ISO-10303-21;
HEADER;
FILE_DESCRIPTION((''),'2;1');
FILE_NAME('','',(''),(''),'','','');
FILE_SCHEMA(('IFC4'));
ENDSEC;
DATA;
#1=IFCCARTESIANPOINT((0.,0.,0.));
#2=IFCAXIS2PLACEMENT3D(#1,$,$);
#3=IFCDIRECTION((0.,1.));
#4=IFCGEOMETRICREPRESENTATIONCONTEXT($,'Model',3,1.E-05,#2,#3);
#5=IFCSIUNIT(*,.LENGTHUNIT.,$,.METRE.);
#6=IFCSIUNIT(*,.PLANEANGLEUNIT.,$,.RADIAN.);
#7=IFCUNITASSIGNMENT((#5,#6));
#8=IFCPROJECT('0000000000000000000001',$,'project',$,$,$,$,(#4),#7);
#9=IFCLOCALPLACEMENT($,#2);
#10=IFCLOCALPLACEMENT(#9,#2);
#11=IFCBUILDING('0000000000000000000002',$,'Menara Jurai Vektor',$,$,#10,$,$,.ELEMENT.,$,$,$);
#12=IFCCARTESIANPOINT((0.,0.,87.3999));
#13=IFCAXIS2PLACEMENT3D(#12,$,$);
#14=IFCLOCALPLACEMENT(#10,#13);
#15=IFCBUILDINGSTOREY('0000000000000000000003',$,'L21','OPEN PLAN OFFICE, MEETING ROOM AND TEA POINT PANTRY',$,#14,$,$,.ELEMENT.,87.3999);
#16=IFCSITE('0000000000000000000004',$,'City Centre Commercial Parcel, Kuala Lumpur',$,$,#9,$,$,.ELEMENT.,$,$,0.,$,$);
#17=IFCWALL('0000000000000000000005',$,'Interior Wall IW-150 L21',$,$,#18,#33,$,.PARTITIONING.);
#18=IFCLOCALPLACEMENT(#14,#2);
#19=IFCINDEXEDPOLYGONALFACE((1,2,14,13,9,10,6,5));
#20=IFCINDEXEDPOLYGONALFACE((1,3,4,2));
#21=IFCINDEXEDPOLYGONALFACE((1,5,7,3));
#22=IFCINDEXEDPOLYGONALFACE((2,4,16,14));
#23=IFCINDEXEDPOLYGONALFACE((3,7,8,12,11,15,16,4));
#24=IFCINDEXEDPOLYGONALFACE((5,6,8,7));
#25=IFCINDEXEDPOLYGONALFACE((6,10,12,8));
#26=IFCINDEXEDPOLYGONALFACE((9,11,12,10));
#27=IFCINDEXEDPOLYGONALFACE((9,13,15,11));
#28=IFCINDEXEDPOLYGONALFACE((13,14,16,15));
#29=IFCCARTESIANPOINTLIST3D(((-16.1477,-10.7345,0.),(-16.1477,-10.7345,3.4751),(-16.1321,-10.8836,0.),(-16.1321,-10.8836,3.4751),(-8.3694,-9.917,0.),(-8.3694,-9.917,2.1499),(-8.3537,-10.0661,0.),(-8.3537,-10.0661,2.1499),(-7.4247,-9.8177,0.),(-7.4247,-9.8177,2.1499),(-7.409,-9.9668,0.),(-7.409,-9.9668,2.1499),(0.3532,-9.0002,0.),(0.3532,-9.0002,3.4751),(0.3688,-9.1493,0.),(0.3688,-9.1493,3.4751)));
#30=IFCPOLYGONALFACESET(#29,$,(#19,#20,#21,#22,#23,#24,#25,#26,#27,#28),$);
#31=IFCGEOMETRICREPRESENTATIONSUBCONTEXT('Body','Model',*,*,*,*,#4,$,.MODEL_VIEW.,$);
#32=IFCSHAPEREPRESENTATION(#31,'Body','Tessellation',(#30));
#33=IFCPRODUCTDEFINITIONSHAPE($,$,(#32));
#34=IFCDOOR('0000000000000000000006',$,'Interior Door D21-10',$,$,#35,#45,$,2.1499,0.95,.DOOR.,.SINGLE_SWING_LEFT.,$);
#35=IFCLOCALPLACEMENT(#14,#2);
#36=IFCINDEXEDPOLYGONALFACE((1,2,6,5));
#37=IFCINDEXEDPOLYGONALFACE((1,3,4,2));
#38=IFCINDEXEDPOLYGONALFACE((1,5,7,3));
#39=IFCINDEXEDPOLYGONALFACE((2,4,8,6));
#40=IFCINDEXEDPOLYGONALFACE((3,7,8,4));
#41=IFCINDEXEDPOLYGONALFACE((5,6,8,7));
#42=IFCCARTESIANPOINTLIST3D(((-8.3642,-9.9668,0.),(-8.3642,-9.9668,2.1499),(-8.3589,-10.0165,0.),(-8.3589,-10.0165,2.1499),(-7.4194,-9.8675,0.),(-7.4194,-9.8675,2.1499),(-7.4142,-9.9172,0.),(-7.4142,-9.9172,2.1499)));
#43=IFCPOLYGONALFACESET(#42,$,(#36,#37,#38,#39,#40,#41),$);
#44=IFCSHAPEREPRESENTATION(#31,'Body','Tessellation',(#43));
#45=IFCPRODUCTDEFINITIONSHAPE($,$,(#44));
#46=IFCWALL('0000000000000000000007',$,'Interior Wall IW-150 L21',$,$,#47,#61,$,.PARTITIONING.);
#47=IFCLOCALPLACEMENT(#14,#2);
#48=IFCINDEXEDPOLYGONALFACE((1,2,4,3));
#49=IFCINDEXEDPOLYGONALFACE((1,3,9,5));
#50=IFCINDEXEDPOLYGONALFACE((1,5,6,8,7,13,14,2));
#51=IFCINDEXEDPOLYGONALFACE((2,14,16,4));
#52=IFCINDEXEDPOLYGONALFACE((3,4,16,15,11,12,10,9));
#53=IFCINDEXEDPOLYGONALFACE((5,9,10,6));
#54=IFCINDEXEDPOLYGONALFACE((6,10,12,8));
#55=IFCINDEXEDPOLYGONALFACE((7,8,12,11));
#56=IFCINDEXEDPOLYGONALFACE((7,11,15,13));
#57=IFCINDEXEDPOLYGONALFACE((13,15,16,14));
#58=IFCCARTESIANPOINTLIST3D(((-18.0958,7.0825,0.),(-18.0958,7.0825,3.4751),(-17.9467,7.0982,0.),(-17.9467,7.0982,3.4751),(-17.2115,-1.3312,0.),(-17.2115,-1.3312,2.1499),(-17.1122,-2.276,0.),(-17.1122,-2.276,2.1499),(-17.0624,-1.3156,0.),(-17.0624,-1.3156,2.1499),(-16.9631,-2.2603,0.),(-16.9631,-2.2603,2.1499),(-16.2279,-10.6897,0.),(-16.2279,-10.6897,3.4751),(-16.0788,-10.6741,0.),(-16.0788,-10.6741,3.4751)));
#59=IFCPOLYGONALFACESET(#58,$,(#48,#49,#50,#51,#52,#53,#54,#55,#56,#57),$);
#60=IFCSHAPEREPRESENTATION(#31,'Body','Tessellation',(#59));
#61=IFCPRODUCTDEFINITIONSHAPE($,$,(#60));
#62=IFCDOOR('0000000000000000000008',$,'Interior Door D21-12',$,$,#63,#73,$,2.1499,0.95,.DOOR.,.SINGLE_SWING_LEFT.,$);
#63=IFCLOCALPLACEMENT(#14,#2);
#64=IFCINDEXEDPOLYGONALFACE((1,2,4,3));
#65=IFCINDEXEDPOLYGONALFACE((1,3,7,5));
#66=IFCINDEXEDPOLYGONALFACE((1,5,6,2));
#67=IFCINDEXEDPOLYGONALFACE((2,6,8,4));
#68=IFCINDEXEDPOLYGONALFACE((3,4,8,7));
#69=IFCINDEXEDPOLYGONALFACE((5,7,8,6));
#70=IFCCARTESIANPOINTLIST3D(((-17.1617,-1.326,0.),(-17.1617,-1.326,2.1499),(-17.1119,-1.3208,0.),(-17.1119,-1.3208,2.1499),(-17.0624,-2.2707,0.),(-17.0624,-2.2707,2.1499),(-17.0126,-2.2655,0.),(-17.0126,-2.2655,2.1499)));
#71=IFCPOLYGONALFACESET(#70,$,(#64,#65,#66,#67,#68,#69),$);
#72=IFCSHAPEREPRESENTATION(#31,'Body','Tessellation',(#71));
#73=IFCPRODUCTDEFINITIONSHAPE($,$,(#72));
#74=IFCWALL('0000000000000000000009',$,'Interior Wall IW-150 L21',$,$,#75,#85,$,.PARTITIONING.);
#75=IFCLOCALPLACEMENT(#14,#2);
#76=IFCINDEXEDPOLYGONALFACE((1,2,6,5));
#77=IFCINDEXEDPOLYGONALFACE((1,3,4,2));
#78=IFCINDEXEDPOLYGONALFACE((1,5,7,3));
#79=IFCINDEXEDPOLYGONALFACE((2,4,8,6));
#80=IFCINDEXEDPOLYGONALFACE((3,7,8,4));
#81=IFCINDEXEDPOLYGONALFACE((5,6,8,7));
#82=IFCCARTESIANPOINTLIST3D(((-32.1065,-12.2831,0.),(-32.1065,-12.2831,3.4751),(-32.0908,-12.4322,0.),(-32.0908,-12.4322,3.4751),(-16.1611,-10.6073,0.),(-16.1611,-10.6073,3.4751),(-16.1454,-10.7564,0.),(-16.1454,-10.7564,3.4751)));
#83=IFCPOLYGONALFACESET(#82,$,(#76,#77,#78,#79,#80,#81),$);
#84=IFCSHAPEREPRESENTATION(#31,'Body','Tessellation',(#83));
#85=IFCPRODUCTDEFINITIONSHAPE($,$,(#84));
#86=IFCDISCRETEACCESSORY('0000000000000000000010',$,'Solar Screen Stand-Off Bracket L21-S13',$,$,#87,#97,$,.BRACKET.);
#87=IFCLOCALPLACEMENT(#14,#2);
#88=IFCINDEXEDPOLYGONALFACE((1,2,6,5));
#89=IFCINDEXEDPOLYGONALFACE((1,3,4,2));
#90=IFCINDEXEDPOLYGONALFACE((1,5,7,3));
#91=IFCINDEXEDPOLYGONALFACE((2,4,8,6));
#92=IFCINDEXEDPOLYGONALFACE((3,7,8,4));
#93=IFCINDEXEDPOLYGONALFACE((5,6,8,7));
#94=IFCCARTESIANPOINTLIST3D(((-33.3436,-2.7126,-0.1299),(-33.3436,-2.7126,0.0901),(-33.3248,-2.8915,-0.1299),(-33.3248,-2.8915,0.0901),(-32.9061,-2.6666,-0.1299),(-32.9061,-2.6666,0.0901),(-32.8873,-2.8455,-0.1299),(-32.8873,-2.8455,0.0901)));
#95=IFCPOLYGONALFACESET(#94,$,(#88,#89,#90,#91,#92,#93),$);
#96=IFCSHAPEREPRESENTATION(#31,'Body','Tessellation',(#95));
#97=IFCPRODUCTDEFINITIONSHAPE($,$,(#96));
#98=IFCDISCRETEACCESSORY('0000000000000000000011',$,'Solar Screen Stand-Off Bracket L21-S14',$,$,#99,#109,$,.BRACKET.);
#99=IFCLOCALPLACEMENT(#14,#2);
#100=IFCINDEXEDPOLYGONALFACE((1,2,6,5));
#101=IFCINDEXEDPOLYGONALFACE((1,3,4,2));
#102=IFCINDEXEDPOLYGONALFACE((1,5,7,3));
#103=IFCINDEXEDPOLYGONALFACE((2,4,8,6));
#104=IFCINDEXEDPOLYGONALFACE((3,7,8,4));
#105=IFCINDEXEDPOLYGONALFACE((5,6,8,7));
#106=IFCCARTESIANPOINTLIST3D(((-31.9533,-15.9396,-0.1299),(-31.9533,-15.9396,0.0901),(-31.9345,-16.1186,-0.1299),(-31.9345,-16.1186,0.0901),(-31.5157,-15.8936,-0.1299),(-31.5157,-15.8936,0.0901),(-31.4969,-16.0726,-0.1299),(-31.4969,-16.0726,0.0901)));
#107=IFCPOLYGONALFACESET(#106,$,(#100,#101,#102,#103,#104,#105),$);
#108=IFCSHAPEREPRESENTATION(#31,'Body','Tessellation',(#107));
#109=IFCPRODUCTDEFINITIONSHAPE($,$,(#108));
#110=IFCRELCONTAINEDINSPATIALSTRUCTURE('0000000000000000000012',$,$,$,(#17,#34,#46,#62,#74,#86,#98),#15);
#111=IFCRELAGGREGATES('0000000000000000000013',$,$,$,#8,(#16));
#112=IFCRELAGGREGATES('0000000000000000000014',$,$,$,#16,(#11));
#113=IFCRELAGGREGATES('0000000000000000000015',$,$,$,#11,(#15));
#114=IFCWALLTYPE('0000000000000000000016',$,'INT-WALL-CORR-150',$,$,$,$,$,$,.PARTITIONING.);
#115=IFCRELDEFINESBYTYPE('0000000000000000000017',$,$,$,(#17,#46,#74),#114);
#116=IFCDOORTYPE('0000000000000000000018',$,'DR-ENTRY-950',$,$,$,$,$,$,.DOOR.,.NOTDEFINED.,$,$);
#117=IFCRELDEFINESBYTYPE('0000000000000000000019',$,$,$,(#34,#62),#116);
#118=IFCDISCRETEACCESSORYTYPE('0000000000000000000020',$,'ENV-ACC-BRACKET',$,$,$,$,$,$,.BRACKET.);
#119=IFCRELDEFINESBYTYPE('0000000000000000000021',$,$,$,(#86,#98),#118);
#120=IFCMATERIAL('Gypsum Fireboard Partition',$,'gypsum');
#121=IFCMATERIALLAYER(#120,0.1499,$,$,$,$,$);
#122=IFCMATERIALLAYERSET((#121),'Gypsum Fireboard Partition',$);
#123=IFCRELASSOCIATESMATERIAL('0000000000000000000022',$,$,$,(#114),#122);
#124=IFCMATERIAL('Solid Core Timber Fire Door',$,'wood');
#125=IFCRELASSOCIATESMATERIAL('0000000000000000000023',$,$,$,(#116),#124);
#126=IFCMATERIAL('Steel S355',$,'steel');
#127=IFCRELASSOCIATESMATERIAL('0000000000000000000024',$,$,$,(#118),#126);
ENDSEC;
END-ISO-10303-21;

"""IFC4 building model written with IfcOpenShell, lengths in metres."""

from ifc_helpers import new_model, si_unit, direction, frame, frame_2d, origin, origin_2d, place, context, subcontext, project, spatial, rectangle, extrude, material, layer, layer_set, type_object, element, fill, save


model = new_model("IFC4")

# Units and contexts
model_context = context("Model", 3, precision=1e-05, world=origin(), true_north=direction((0.0, 1.0)))
body_context = subcontext(model_context, "Body", "Model", "MODEL_VIEW")
ifc_project = project(units=[si_unit("LENGTHUNIT", "METRE"), si_unit("PLANEANGLEUNIT", "RADIAN")], contexts=[model_context])

# Site, building, storey
site_placement = place(None, origin())
site = spatial("IfcSite", under=ifc_project, at=site_placement, Name="City Centre Commercial Parcel, Kuala Lumpur", CompositionType="ELEMENT", RefElevation=0.0)
building_placement = place(site_placement, origin())
building = spatial("IfcBuilding", under=site, at=building_placement, Name="Menara Jurai Vektor", CompositionType="ELEMENT")
storey_placement = place(building_placement, frame((0.0, 0.0, 87.3999)))
storey = spatial("IfcBuildingStorey", under=building, at=storey_placement, Name="L21", Description="OPEN PLAN OFFICE, MEETING ROOM AND TEA POINT PANTRY", CompositionType="ELEMENT", Elevation=87.3999)

# Shared definitions
ifc_material_1 = material(Name="Steel S355", Category="steel")

# Walls, openings, doors
ifc_material_2 = material(Name="Gypsum Fireboard Partition", Category="gypsum")
ifc_layer_1 = layer(ifc_material_2, 0.1499)
ifc_layer_set_1 = layer_set([ifc_layer_1], Name="Gypsum Fireboard Partition")
wall_type = type_object("IfcWallType", Name="INT-WALL-CORR-150", PredefinedType="PARTITIONING", material=ifc_layer_set_1)
wall_1_placement = place(storey_placement, frame((-16.1399, -10.8091, 0.0), z_axis=(0.0, 0.0, 1.0), x_axis=(0.994522, 0.104532, 0.0)))
wall_1 = element("IfcWall", 1, at=wall_1_placement, inside=storey, type_object=wall_type, Name="Interior Wall IW-150 L21", PredefinedType="PARTITIONING", context=body_context, shape_type="SweptSolid", body=[
    extrude(rectangle(XDim=16.5918, YDim=0.1499, at=frame_2d((8.2959, 0.0))), origin(), (0.0, 0.0, 1.0), 3.4751),
])
opening_1_placement = place(wall_1_placement, frame((7.821, 0.0, 0.0)))
opening_1 = element("IfcOpeningElement", 2, at=opening_1_placement, cuts=wall_1, PredefinedType="OPENING", context=body_context, shape_type="SweptSolid", body=[
    extrude(rectangle(XDim=0.95, YDim=2.1499, at=frame_2d((0.4751, 1.075))), frame((0.0, 0.085, 0.0), z_axis=(0.0, -1.0, 0.0), x_axis=(1.0, 0.0, 0.0)), (0.0, 0.0, 1.0), 0.1699),
])
ifc_material_3 = material(Name="Solid Core Timber Fire Door", Category="wood")
door_type = type_object("IfcDoorType", Name="DR-ENTRY-950", OperationType="NOTDEFINED", PredefinedType="DOOR", material=ifc_material_3)
door_1_placement = place(opening_1_placement, origin())
door_1 = element("IfcDoor", 3, at=door_1_placement, inside=storey, type_object=door_type, Name="Interior Door D21-10", OperationType="SINGLE_SWING_LEFT", OverallHeight=2.1499, OverallWidth=0.95, PredefinedType="DOOR", context=body_context, shape_type="SweptSolid", body=[
    extrude(rectangle(XDim=0.95, YDim=2.1499, at=frame_2d((0.4751, 1.075))), frame((0.0, 0.0249, 0.0), z_axis=(0.0, -1.0, 0.0), x_axis=(1.0, 0.0, 0.0)), (0.0, 0.0, 1.0), 0.05),
])
fill(opening_1, door_1)
wall_2_placement = place(storey_placement, frame((-16.1533, -10.6819, 0.0), z_axis=(0.0, 0.0, 1.0), x_axis=(-0.104528, 0.994522, 0.0)))
wall_2 = element("IfcWall", 4, at=wall_2_placement, inside=storey, type_object=wall_type, Name="Interior Wall IW-150 L21", PredefinedType="PARTITIONING", context=body_context, shape_type="SweptSolid", body=[
    extrude(rectangle(XDim=17.8701, YDim=0.1499, at=frame_2d((8.9351, 0.0))), origin(), (0.0, 0.0, 1.0), 3.4751),
])
opening_2_placement = place(wall_2_placement, frame((8.46, 0.0, 0.0)))
opening_2 = element("IfcOpeningElement", 5, at=opening_2_placement, cuts=wall_2, PredefinedType="OPENING", context=body_context, shape_type="SweptSolid", body=[
    extrude(rectangle(XDim=0.95, YDim=2.1499, at=frame_2d((0.4751, 1.075))), frame((0.0, 0.085, 0.0), z_axis=(0.0, -1.0, 0.0), x_axis=(1.0, 0.0, 0.0)), (0.0, 0.0, 1.0), 0.1699),
])
door_2_placement = place(opening_2_placement, origin())
door_2 = element("IfcDoor", 6, at=door_2_placement, inside=storey, type_object=door_type, Name="Interior Door D21-12", OperationType="SINGLE_SWING_LEFT", OverallHeight=2.1499, OverallWidth=0.95, PredefinedType="DOOR", context=body_context, shape_type="SweptSolid", body=[
    extrude(rectangle(XDim=0.95, YDim=2.1499, at=frame_2d((0.4751, 1.075))), frame((0.0, 0.0249, 0.0), z_axis=(0.0, -1.0, 0.0), x_axis=(1.0, 0.0, 0.0)), (0.0, 0.0, 1.0), 0.05),
])
fill(opening_2, door_2)

# Wall
wall_3_placement = place(storey_placement, frame((-32.0986, -12.3577, 0.0), z_axis=(0.0, 0.0, 1.0), x_axis=(0.994523, 0.10452, 0.0)))
element("IfcWall", 7, at=wall_3_placement, inside=storey, type_object=wall_type, Name="Interior Wall IW-150 L21", PredefinedType="PARTITIONING", context=body_context, shape_type="SweptSolid", body=[
    extrude(rectangle(XDim=16.0332, YDim=0.1499, at=frame_2d((8.0166, 0.0))), origin(), (0.0, 0.0, 1.0), 3.4751),
])

# Discrete accessories
discrete_accessory_type = type_object("IfcDiscreteAccessoryType", Name="ENV-ACC-BRACKET", PredefinedType="BRACKET", material=ifc_material_1)
for number, where, z_axis, x_axis, name in (
    (8, (-33.1155, -2.7791, -0.1299), (0.0, 0.0, 1.0), (0.104528, -0.994522, 0.0), "Solar Screen Stand-Off Bracket L21-S13"),
    (9, (-31.7251, -16.0061, -0.1299), (0.0, 0.0, 1.0), (0.104528, -0.994522, 0.0), "Solar Screen Stand-Off Bracket L21-S14"),
):
    element("IfcDiscreteAccessory", number, at=place(storey_placement, frame(where, z_axis=z_axis, x_axis=x_axis)), inside=storey, type_object=discrete_accessory_type, Name=name, PredefinedType="BRACKET", context=body_context, shape_type="SweptSolid", body=[
        extrude(rectangle(XDim=0.1799, YDim=0.4399, at=origin_2d()), origin(), (0.0, 0.0, 1.0), 0.22),
    ])

save(model, "model.ifc")
